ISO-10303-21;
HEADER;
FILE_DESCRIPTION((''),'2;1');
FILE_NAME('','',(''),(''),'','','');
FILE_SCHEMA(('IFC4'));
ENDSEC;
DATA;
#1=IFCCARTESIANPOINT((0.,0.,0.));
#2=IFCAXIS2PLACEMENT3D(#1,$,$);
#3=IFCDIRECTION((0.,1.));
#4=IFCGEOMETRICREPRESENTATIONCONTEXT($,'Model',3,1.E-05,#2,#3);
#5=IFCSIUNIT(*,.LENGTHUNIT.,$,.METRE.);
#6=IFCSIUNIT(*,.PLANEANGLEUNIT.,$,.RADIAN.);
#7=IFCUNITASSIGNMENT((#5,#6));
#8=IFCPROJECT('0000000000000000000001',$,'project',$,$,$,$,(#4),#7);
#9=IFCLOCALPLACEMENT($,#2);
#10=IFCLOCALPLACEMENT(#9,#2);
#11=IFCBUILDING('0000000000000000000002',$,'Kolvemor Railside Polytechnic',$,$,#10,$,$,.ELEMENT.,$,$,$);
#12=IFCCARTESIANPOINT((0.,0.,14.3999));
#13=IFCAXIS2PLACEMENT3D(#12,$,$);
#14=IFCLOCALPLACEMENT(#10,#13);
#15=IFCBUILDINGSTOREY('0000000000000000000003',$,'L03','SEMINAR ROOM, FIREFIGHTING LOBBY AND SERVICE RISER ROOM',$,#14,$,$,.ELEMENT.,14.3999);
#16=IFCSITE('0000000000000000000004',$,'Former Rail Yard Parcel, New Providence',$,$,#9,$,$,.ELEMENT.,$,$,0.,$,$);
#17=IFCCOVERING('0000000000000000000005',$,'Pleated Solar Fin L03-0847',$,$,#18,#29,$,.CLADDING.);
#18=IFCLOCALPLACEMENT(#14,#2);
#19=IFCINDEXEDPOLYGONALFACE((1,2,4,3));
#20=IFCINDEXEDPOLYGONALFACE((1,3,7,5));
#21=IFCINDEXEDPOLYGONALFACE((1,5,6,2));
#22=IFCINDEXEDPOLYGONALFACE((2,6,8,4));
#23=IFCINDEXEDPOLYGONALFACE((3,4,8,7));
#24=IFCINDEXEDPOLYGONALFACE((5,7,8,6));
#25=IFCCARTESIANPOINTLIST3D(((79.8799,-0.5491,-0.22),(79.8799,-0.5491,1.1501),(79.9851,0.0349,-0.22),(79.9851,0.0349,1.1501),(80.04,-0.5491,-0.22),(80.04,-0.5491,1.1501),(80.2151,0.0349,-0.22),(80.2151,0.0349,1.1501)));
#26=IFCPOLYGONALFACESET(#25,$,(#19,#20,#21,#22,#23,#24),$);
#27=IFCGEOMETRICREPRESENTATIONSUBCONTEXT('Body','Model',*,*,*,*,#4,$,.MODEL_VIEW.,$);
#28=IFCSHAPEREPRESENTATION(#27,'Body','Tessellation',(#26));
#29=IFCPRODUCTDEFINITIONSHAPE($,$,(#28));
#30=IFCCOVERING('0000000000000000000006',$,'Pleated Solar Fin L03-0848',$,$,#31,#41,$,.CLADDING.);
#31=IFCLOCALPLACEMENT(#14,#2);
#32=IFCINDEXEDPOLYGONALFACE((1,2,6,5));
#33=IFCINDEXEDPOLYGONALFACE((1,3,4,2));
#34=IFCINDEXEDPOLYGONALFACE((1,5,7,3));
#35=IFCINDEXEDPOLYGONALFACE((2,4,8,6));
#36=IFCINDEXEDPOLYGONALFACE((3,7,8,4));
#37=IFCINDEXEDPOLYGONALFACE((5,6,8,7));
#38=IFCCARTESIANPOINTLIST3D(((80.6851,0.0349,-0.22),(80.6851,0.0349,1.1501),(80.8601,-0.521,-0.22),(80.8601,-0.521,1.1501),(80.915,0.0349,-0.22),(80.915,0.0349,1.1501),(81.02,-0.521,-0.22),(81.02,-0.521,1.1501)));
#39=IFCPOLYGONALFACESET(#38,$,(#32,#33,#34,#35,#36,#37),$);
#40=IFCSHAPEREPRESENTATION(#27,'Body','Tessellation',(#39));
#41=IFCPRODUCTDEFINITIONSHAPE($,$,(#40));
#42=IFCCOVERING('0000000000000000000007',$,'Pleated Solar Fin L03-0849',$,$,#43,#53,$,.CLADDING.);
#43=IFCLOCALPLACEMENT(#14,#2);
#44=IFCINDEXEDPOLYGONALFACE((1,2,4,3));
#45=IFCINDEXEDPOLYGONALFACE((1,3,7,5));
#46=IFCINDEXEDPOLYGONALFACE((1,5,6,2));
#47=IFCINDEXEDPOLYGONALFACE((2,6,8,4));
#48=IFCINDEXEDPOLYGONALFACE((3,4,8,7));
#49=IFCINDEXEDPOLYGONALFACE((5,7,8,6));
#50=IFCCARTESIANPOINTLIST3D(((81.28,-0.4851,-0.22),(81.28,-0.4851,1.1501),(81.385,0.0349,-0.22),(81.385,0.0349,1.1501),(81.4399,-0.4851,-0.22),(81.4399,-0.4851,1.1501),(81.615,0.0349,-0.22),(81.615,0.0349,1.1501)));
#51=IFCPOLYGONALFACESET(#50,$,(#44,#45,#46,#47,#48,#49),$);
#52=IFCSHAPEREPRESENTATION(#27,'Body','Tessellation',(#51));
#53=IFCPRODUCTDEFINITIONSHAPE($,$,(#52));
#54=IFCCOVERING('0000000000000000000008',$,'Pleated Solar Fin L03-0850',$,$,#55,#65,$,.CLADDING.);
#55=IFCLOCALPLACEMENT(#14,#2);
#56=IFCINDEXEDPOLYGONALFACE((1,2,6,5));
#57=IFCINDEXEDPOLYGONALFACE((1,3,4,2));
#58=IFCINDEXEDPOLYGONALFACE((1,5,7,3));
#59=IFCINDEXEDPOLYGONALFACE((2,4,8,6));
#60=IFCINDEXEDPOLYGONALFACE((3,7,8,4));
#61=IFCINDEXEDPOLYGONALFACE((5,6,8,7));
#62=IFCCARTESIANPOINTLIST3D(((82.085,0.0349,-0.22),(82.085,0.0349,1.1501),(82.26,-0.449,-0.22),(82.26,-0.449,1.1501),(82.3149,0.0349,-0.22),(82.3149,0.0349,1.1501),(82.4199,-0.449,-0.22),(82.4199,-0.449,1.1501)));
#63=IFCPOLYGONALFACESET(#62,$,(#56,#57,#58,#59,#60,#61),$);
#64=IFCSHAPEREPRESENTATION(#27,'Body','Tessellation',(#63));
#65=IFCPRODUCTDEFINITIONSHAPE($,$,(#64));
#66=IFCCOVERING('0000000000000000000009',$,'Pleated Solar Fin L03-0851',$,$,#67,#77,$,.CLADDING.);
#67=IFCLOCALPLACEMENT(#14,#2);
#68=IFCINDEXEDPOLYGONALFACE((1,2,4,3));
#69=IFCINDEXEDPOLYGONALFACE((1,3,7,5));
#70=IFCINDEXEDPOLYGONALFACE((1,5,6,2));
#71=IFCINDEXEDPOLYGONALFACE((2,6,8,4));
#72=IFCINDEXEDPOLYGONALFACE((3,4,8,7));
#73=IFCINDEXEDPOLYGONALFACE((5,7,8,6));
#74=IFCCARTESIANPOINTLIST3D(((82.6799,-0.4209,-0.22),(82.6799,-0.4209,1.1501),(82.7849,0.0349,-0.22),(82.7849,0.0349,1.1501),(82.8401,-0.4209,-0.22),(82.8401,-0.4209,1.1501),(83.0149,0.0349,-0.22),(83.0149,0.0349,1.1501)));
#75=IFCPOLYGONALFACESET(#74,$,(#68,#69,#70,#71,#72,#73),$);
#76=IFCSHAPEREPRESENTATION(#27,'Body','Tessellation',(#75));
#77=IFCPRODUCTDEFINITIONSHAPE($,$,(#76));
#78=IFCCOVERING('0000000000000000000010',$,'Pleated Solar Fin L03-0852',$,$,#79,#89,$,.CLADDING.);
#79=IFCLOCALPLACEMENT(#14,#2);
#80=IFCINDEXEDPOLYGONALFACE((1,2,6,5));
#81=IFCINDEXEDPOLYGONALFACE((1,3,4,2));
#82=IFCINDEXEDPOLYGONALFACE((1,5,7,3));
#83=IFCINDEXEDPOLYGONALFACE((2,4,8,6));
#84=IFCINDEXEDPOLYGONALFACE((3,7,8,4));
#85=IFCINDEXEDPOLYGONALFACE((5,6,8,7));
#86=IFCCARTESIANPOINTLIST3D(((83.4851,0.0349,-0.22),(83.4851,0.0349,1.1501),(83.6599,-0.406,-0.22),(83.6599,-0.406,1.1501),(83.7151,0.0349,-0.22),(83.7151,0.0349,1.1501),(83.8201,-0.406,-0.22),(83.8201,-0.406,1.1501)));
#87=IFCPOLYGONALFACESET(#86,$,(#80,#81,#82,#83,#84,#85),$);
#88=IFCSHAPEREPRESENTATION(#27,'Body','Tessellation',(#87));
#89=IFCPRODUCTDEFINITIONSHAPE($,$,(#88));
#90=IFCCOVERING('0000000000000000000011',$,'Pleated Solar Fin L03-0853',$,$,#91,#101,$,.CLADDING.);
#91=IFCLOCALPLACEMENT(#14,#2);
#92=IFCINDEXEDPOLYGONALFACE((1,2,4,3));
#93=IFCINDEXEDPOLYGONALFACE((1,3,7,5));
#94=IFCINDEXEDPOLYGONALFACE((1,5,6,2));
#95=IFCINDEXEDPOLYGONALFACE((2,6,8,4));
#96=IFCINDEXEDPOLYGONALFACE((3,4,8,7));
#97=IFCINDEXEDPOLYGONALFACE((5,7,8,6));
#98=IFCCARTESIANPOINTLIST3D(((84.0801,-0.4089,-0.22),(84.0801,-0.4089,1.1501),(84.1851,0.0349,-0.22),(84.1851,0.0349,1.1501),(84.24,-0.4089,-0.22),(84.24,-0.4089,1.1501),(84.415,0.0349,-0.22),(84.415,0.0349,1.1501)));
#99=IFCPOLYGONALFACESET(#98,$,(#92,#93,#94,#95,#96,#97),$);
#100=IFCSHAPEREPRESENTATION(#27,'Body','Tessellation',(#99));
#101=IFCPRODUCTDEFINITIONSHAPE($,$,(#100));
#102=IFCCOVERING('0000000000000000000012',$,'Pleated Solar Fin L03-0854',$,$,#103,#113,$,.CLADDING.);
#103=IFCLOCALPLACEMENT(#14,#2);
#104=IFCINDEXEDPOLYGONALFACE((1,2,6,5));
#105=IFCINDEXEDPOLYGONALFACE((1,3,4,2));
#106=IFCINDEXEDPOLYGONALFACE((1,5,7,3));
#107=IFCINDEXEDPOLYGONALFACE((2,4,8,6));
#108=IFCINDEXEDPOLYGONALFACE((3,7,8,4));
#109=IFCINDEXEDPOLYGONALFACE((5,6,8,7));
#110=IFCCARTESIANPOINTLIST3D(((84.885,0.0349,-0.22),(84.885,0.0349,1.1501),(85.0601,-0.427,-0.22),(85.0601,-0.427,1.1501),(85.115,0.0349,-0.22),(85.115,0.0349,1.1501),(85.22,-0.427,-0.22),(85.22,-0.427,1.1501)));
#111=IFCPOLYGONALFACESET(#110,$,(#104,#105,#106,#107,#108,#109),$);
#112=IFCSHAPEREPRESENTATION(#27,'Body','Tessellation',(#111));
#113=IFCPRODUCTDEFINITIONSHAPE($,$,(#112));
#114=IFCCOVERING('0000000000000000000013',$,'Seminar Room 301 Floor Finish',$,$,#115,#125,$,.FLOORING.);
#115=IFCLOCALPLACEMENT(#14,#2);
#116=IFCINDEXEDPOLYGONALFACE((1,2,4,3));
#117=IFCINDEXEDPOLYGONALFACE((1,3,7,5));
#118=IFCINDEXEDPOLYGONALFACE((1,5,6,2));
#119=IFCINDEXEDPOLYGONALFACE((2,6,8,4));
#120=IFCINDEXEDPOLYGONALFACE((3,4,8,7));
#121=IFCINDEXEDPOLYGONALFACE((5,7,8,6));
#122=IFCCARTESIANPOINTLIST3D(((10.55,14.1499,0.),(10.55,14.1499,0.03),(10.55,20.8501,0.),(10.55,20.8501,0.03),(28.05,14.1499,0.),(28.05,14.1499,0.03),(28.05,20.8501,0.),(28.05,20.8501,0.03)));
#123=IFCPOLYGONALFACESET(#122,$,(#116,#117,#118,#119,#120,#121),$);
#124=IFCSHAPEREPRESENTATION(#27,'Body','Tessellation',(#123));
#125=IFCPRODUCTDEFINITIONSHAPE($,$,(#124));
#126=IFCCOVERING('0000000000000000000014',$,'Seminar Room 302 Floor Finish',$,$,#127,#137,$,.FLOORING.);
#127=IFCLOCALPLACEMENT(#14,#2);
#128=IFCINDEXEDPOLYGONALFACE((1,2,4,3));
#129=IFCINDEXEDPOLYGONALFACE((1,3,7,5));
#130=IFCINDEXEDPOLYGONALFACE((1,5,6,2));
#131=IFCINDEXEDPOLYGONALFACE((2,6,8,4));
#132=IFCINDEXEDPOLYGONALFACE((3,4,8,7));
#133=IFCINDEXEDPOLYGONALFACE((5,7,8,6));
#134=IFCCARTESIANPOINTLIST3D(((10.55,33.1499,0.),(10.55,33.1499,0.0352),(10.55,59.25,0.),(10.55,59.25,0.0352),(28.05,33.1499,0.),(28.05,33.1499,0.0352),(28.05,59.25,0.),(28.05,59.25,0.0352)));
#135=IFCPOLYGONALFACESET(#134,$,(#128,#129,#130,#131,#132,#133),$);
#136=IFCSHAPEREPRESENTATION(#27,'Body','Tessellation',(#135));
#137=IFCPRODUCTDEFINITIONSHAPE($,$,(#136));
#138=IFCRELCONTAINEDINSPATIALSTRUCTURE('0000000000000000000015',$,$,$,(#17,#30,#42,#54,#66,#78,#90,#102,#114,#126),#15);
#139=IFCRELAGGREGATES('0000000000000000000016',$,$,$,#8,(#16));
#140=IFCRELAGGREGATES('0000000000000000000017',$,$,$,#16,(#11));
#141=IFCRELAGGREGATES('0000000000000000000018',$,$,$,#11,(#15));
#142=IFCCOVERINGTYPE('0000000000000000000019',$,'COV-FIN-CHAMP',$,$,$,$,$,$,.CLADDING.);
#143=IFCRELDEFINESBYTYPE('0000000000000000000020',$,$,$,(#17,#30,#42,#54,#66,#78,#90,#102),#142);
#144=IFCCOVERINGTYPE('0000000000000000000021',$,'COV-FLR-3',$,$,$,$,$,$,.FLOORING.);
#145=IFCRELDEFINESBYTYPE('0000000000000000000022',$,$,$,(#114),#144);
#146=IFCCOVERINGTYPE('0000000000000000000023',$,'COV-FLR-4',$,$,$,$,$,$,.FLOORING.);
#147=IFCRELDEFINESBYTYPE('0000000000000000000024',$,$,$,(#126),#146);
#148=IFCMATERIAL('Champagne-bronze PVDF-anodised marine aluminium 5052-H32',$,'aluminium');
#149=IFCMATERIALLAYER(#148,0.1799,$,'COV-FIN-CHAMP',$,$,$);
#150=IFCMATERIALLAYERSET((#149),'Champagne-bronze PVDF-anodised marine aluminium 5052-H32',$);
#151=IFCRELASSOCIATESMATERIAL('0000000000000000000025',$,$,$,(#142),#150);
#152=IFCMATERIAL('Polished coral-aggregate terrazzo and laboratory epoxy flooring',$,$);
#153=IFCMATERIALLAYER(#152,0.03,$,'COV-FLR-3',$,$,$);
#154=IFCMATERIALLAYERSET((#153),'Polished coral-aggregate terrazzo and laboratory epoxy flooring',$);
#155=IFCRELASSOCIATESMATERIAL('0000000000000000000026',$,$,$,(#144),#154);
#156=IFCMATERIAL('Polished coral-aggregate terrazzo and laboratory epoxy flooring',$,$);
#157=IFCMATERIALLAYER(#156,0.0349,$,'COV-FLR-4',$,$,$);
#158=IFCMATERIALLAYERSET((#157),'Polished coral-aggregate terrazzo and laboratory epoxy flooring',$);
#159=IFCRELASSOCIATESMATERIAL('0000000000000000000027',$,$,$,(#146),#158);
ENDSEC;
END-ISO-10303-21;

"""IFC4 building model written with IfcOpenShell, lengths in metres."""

from ifc_helpers import new_model, si_unit, direction, frame, origin, place, context, subcontext, project, spatial, polyline, outline, extrude, material, layer, layer_set, type_object, element, save


model = new_model("IFC4")

# Units and contexts
model_context = context("Model", 3, precision=1e-05, world=origin(), true_north=direction((0.0, 1.0)))
body_context = subcontext(model_context, "Body", "Model", "MODEL_VIEW")
ifc_project = project(units=[si_unit("LENGTHUNIT", "METRE"), si_unit("PLANEANGLEUNIT", "RADIAN")], contexts=[model_context])

# Site, building, storey
site_placement = place(None, origin())
site = spatial("IfcSite", under=ifc_project, at=site_placement, Name="Former Rail Yard Parcel, New Providence", CompositionType="ELEMENT", RefElevation=0.0)
building_placement = place(site_placement, origin())
building = spatial("IfcBuilding", under=site, at=building_placement, Name="Kolvemor Railside Polytechnic", CompositionType="ELEMENT")
storey_placement = place(building_placement, frame((0.0, 0.0, 14.3999)))
storey = spatial("IfcBuildingStorey", under=building, at=storey_placement, Name="L03", Description="SEMINAR ROOM, FIREFIGHTING LOBBY AND SERVICE RISER ROOM", CompositionType="ELEMENT", Elevation=14.3999)

# Coverings
ifc_material_1 = material(Name="Champagne-bronze PVDF-anodised marine aluminium 5052-H32", Category="aluminium")
ifc_layer_1 = layer(ifc_material_1, 0.1799, Name="COV-FIN-CHAMP")
ifc_layer_set_1 = layer_set([ifc_layer_1], Name="Champagne-bronze PVDF-anodised marine aluminium 5052-H32")
covering_type_1 = type_object("IfcCoveringType", Name="COV-FIN-CHAMP", PredefinedType="CLADDING", material=ifc_layer_set_1)
covering_1_placement = place(storey_placement, frame((0.0, 0.0, -0.22)))
element("IfcCovering", 1, at=covering_1_placement, inside=storey, type_object=covering_type_1, Name="Pleated Solar Fin L03-0847", PredefinedType="CLADDING", context=body_context, shape_type="SweptSolid", body=[
    extrude(outline(polyline([(79.9851, 0.0349), (80.2151, 0.0349), (80.04, -0.5491), (79.8799, -0.5491), (79.9851, 0.0349)])), origin(), (0.0, 0.0, 1.0), 1.3701),
])
covering_2_placement = place(storey_placement, frame((0.0, 0.0, -0.22)))
element("IfcCovering", 2, at=covering_2_placement, inside=storey, type_object=covering_type_1, Name="Pleated Solar Fin L03-0848", PredefinedType="CLADDING", context=body_context, shape_type="SweptSolid", body=[
    extrude(outline(polyline([(80.6851, 0.0349), (80.915, 0.0349), (81.02, -0.521), (80.8601, -0.521), (80.6851, 0.0349)])), origin(), (0.0, 0.0, 1.0), 1.3701),
])
covering_3_placement = place(storey_placement, frame((0.0, 0.0, -0.22)))
element("IfcCovering", 3, at=covering_3_placement, inside=storey, type_object=covering_type_1, Name="Pleated Solar Fin L03-0849", PredefinedType="CLADDING", context=body_context, shape_type="SweptSolid", body=[
    extrude(outline(polyline([(81.385, 0.0349), (81.615, 0.0349), (81.4399, -0.4851), (81.28, -0.4851), (81.385, 0.0349)])), origin(), (0.0, 0.0, 1.0), 1.3701),
])
covering_4_placement = place(storey_placement, frame((0.0, 0.0, -0.22)))
element("IfcCovering", 4, at=covering_4_placement, inside=storey, type_object=covering_type_1, Name="Pleated Solar Fin L03-0850", PredefinedType="CLADDING", context=body_context, shape_type="SweptSolid", body=[
    extrude(outline(polyline([(82.085, 0.0349), (82.3149, 0.0349), (82.4199, -0.449), (82.26, -0.449), (82.085, 0.0349)])), origin(), (0.0, 0.0, 1.0), 1.3701),
])
covering_5_placement = place(storey_placement, frame((0.0, 0.0, -0.22)))
element("IfcCovering", 5, at=covering_5_placement, inside=storey, type_object=covering_type_1, Name="Pleated Solar Fin L03-0851", PredefinedType="CLADDING", context=body_context, shape_type="SweptSolid", body=[
    extrude(outline(polyline([(82.7849, 0.0349), (83.0149, 0.0349), (82.8401, -0.4209), (82.6799, -0.4209), (82.7849, 0.0349)])), origin(), (0.0, 0.0, 1.0), 1.3701),
])
covering_6_placement = place(storey_placement, frame((0.0, 0.0, -0.22)))
element("IfcCovering", 6, at=covering_6_placement, inside=storey, type_object=covering_type_1, Name="Pleated Solar Fin L03-0852", PredefinedType="CLADDING", context=body_context, shape_type="SweptSolid", body=[
    extrude(outline(polyline([(83.4851, 0.0349), (83.7151, 0.0349), (83.8201, -0.406), (83.6599, -0.406), (83.4851, 0.0349)])), origin(), (0.0, 0.0, 1.0), 1.3701),
])
covering_7_placement = place(storey_placement, frame((0.0, 0.0, -0.22)))
element("IfcCovering", 7, at=covering_7_placement, inside=storey, type_object=covering_type_1, Name="Pleated Solar Fin L03-0853", PredefinedType="CLADDING", context=body_context, shape_type="SweptSolid", body=[
    extrude(outline(polyline([(84.1851, 0.0349), (84.415, 0.0349), (84.24, -0.4089), (84.0801, -0.4089), (84.1851, 0.0349)])), origin(), (0.0, 0.0, 1.0), 1.3701),
])
covering_8_placement = place(storey_placement, frame((0.0, 0.0, -0.22)))
element("IfcCovering", 8, at=covering_8_placement, inside=storey, type_object=covering_type_1, Name="Pleated Solar Fin L03-0854", PredefinedType="CLADDING", context=body_context, shape_type="SweptSolid", body=[
    extrude(outline(polyline([(84.885, 0.0349), (85.115, 0.0349), (85.22, -0.427), (85.0601, -0.427), (84.885, 0.0349)])), origin(), (0.0, 0.0, 1.0), 1.3701),
])
ifc_material_2 = material(Name="Polished coral-aggregate terrazzo and laboratory epoxy flooring")
ifc_layer_2 = layer(ifc_material_2, 0.03, Name="COV-FLR-3")
ifc_layer_set_2 = layer_set([ifc_layer_2], Name="Polished coral-aggregate terrazzo and laboratory epoxy flooring")
covering_type_2 = type_object("IfcCoveringType", Name="COV-FLR-3", PredefinedType="FLOORING", material=ifc_layer_set_2)
covering_9_placement = place(storey_placement, origin())
element("IfcCovering", 9, at=covering_9_placement, inside=storey, type_object=covering_type_2, Name="Seminar Room 301 Floor Finish", PredefinedType="FLOORING", context=body_context, shape_type="SweptSolid", body=[
    extrude(outline(polyline([(10.55, 14.1499), (28.05, 14.1499), (28.05, 20.8501), (10.55, 20.8501), (10.55, 14.1499)])), origin(), (0.0, 0.0, 1.0), 0.03),
])
ifc_material_3 = material(Name="Polished coral-aggregate terrazzo and laboratory epoxy flooring")
ifc_layer_3 = layer(ifc_material_3, 0.0349, Name="COV-FLR-4")
ifc_layer_set_3 = layer_set([ifc_layer_3], Name="Polished coral-aggregate terrazzo and laboratory epoxy flooring")
covering_type_3 = type_object("IfcCoveringType", Name="COV-FLR-4", PredefinedType="FLOORING", material=ifc_layer_set_3)
covering_10_placement = place(storey_placement, origin())
element("IfcCovering", 10, at=covering_10_placement, inside=storey, type_object=covering_type_3, Name="Seminar Room 302 Floor Finish", PredefinedType="FLOORING", context=body_context, shape_type="SweptSolid", body=[
    extrude(outline(polyline([(10.55, 33.1499), (28.05, 33.1499), (28.05, 59.25), (10.55, 59.25), (10.55, 33.1499)])), origin(), (0.0, 0.0, 1.0), 0.0352),
])

save(model, "model.ifc")
